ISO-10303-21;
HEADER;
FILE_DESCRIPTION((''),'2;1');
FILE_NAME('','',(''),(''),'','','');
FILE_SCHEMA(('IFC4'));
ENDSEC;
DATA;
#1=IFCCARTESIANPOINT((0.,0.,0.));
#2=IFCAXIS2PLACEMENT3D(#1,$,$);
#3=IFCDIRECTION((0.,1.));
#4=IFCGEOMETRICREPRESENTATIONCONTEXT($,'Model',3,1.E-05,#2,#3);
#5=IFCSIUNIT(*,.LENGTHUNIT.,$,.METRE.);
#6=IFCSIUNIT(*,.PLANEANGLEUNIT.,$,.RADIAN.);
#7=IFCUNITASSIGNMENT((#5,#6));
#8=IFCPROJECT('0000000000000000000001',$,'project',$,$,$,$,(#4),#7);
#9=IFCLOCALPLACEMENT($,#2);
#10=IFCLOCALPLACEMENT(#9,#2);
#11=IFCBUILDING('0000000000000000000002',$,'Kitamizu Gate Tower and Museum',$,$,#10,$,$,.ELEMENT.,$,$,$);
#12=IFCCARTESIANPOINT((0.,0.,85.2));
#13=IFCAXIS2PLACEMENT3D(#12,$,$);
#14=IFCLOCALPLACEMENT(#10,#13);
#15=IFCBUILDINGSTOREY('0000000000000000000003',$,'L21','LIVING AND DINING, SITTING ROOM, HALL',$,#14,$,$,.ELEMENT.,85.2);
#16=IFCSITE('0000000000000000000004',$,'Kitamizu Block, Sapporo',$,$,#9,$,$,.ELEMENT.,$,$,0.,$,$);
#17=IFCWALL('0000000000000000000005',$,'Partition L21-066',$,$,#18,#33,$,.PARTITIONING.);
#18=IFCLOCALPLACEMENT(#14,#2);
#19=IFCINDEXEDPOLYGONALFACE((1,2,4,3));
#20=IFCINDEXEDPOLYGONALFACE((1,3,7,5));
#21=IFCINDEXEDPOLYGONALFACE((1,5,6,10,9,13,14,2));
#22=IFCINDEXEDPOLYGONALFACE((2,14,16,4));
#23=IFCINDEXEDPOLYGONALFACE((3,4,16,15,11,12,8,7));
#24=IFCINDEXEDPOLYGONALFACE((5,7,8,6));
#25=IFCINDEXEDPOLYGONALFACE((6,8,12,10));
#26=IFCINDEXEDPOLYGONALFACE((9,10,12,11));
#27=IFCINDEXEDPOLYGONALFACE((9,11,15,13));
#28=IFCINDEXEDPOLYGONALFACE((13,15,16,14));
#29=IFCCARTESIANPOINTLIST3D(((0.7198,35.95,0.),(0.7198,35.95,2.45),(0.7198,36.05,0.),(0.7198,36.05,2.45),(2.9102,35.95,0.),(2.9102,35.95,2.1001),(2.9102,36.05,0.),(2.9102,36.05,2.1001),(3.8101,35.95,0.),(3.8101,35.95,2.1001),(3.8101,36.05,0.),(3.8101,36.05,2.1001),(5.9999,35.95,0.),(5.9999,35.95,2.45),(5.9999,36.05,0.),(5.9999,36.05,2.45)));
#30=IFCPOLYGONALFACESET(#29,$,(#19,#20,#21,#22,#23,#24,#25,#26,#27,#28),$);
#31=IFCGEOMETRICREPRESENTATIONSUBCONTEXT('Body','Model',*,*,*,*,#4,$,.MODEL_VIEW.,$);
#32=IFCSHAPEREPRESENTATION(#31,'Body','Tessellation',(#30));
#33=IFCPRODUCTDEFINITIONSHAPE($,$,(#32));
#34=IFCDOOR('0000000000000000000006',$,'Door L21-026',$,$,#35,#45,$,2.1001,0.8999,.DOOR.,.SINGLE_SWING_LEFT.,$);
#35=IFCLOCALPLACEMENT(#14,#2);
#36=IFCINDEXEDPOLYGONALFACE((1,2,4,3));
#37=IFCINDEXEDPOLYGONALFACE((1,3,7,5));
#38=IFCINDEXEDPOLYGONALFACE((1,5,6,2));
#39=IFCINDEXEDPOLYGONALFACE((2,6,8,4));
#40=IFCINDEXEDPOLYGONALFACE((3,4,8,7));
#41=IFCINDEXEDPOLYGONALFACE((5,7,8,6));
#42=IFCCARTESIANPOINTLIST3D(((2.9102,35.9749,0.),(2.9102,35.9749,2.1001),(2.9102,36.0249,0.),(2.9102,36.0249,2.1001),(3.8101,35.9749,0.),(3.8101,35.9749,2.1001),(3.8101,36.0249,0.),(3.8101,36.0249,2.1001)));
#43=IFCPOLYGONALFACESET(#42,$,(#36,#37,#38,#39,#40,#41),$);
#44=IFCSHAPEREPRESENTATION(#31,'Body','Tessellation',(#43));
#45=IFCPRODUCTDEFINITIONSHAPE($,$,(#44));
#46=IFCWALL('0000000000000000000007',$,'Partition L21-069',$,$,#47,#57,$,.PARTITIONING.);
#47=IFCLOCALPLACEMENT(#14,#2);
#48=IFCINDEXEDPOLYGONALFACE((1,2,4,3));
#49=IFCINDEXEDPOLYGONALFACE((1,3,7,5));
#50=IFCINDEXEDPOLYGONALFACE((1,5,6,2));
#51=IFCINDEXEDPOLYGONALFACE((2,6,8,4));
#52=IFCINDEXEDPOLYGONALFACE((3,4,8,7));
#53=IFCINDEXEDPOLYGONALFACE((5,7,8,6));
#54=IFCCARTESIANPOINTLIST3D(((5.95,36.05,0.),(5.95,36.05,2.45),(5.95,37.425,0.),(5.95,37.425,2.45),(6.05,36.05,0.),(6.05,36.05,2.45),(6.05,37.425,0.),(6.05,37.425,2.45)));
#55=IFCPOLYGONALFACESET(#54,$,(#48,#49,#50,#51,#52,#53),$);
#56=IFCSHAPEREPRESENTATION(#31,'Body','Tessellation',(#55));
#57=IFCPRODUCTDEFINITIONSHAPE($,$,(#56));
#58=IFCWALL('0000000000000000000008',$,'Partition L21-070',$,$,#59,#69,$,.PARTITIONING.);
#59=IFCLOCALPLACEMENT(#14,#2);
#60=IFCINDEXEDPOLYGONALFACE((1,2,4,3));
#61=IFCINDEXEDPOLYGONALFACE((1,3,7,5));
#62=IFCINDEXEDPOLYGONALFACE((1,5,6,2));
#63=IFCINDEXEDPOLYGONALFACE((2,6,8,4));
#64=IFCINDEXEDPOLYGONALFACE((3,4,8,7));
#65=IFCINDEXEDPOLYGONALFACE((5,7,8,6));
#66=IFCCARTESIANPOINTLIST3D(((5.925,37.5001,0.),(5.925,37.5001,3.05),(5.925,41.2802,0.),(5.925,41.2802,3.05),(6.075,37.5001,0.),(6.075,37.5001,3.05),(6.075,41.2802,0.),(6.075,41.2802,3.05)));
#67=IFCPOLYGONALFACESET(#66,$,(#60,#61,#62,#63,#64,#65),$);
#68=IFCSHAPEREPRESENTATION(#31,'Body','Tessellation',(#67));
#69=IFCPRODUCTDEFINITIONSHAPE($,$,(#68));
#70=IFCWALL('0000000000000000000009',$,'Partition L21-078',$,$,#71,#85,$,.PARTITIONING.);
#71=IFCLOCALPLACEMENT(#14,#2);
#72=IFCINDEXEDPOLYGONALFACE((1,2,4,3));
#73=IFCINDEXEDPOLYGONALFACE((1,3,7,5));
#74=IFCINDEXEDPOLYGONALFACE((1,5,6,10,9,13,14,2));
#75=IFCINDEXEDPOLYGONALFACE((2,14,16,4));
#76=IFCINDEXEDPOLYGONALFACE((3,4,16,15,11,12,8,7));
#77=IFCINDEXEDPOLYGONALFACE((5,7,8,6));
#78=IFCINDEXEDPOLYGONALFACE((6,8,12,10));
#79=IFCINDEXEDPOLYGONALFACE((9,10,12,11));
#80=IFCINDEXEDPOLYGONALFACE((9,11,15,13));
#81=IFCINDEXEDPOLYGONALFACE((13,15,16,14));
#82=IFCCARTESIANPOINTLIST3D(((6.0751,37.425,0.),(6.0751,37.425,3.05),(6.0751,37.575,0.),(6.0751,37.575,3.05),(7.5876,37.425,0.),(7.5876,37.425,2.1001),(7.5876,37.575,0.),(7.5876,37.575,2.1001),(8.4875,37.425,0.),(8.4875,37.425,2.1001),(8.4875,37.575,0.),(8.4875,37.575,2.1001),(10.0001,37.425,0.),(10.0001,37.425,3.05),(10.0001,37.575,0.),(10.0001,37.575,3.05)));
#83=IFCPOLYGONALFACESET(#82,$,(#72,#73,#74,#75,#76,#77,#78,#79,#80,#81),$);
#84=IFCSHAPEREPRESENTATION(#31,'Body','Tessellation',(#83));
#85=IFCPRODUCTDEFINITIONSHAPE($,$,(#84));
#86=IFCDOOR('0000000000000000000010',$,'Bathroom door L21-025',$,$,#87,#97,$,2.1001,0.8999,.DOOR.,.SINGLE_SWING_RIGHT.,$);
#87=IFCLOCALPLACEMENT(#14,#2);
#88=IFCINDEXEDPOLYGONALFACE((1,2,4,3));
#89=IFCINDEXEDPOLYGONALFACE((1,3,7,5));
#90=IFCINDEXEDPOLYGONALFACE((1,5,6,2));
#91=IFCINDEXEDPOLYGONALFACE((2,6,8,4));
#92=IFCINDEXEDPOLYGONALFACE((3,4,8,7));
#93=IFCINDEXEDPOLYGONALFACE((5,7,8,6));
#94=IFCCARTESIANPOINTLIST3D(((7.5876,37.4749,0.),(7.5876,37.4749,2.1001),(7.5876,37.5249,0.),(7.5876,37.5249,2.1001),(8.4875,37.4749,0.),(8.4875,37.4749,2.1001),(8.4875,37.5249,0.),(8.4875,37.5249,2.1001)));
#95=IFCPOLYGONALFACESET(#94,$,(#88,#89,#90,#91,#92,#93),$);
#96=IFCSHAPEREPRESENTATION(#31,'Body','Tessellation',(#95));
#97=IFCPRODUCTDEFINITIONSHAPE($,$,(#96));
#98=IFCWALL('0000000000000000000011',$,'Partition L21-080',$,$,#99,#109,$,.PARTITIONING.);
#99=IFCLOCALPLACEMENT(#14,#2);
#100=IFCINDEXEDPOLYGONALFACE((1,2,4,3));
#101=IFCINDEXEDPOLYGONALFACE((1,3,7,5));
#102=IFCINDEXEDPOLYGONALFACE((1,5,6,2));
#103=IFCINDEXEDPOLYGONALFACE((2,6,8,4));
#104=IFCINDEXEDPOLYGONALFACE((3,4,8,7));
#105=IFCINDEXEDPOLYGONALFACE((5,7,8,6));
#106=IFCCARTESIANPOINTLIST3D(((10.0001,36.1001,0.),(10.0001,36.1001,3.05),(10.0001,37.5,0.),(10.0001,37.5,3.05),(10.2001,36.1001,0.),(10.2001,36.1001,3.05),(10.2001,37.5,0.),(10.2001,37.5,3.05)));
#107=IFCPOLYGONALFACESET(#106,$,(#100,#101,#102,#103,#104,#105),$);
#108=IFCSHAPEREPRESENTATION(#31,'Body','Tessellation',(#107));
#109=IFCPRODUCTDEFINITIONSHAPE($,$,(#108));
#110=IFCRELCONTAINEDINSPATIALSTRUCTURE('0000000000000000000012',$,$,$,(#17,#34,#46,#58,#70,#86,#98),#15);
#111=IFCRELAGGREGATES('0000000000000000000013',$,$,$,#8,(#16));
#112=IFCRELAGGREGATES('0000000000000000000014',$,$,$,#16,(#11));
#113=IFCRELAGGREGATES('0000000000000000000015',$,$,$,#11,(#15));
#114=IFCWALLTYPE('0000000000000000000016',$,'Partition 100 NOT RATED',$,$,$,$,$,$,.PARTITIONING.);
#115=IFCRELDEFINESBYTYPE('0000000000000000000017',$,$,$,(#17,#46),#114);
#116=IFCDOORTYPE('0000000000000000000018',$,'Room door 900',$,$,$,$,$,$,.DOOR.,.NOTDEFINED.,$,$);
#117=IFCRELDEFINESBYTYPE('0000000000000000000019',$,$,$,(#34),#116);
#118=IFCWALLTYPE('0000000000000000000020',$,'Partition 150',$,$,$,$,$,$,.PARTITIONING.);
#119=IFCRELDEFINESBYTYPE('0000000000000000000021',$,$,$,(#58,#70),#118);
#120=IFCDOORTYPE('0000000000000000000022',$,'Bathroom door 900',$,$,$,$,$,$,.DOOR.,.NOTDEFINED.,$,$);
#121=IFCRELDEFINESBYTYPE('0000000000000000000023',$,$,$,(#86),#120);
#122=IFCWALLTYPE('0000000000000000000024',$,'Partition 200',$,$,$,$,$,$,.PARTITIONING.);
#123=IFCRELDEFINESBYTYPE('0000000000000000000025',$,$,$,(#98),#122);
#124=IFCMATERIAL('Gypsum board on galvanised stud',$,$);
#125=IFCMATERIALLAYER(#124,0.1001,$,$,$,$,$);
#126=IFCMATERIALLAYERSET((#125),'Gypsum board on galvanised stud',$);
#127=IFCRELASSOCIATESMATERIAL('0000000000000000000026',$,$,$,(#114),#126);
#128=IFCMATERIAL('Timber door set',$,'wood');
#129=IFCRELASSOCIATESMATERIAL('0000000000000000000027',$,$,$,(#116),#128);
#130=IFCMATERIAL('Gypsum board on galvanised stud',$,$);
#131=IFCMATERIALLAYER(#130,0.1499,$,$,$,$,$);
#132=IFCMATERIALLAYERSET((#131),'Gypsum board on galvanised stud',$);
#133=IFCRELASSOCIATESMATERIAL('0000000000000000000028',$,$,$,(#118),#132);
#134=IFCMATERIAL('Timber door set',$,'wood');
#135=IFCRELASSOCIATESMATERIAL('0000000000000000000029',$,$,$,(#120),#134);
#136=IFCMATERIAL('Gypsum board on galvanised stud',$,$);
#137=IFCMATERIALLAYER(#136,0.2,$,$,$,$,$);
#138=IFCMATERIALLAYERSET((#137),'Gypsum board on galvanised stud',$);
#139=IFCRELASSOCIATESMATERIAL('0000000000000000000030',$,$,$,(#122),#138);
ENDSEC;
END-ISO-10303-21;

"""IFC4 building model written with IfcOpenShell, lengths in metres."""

from ifc_helpers import new_model, si_unit, direction, frame, frame_2d, origin, place, context, subcontext, project, spatial, rectangle, extrude, material, layer, layer_set, type_object, element, fill, save


model = new_model("IFC4")

# Units and contexts
model_context = context("Model", 3, precision=1e-05, world=origin(), true_north=direction((0.0, 1.0)))
body_context = subcontext(model_context, "Body", "Model", "MODEL_VIEW")
ifc_project = project(units=[si_unit("LENGTHUNIT", "METRE"), si_unit("PLANEANGLEUNIT", "RADIAN")], contexts=[model_context])

# Site, building, storey
site_placement = place(None, origin())
site = spatial("IfcSite", under=ifc_project, at=site_placement, Name="Kitamizu Block, Sapporo", CompositionType="ELEMENT", RefElevation=0.0)
building_placement = place(site_placement, origin())
building = spatial("IfcBuilding", under=site, at=building_placement, Name="Kitamizu Gate Tower and Museum", CompositionType="ELEMENT")
storey_placement = place(building_placement, frame((0.0, 0.0, 85.2)))
storey = spatial("IfcBuildingStorey", under=building, at=storey_placement, Name="L21", Description="LIVING AND DINING, SITTING ROOM, HALL", CompositionType="ELEMENT", Elevation=85.2)

# Wall, opening, door
ifc_material_1 = material(Name="Gypsum board on galvanised stud")
ifc_layer_1 = layer(ifc_material_1, 0.1001)
ifc_layer_set_1 = layer_set([ifc_layer_1], Name="Gypsum board on galvanised stud")
wall_type_1 = type_object("IfcWallType", Name="Partition 100 NOT RATED", PredefinedType="PARTITIONING", material=ifc_layer_set_1)
wall_1_placement = place(storey_placement, frame((6.0, 36.0, 0.0), z_axis=(0.0, 0.0, 1.0), x_axis=(-1.0, 0.0, 0.0)))
wall_1 = element("IfcWall", 1, at=wall_1_placement, inside=storey, type_object=wall_type_1, Name="Partition L21-066", PredefinedType="PARTITIONING", context=body_context, shape_type="SweptSolid", body=[
    extrude(rectangle(XDim=5.28, YDim=0.1001, at=frame_2d((2.6401, 0.0))), origin(), (0.0, 0.0, 1.0), 2.45),
])
opening_1_placement = place(wall_1_placement, frame((2.1899, 0.0, 0.0)))
opening_1 = element("IfcOpeningElement", 2, at=opening_1_placement, cuts=wall_1, PredefinedType="OPENING", context=body_context, shape_type="SweptSolid", body=[
    extrude(rectangle(XDim=0.8999, YDim=2.1001, at=frame_2d((0.45, 1.05))), frame((0.0, 0.0601, 0.0), z_axis=(0.0, -1.0, 0.0), x_axis=(1.0, 0.0, 0.0)), (0.0, 0.0, 1.0), 0.1201),
])
ifc_material_2 = material(Name="Timber door set", Category="wood")
door_type_1 = type_object("IfcDoorType", Name="Room door 900", OperationType="NOTDEFINED", PredefinedType="DOOR", material=ifc_material_2)
door_1_placement = place(opening_1_placement, frame((0.8999, 0.0, 0.0), x_axis=(-1.0, 0.0, 0.0)))
door_1 = element("IfcDoor", 3, at=door_1_placement, inside=storey, type_object=door_type_1, Name="Door L21-026", OperationType="SINGLE_SWING_LEFT", OverallHeight=2.1001, OverallWidth=0.8999, PredefinedType="DOOR", context=body_context, shape_type="SweptSolid", body=[
    extrude(rectangle(XDim=0.8999, YDim=2.1001, at=frame_2d((0.45, 1.05))), frame((0.0, 0.0249, 0.0), z_axis=(0.0, -1.0, 0.0), x_axis=(1.0, 0.0, 0.0)), (0.0, 0.0, 1.0), 0.05),
])
fill(opening_1, door_1)

# Walls
wall_2_placement = place(storey_placement, frame((6.0, 36.05, 0.0), z_axis=(0.0, 0.0, 1.0), x_axis=(0.0, 1.0, 0.0)))
element("IfcWall", 4, at=wall_2_placement, inside=storey, type_object=wall_type_1, Name="Partition L21-069", PredefinedType="PARTITIONING", context=body_context, shape_type="SweptSolid", body=[
    extrude(rectangle(XDim=1.375, YDim=0.1001, at=frame_2d((0.6875, 0.0))), origin(), (0.0, 0.0, 1.0), 2.45),
])
ifc_material_3 = material(Name="Gypsum board on galvanised stud")
ifc_layer_2 = layer(ifc_material_3, 0.1499)
ifc_layer_set_2 = layer_set([ifc_layer_2], Name="Gypsum board on galvanised stud")
wall_type_2 = type_object("IfcWallType", Name="Partition 150", PredefinedType="PARTITIONING", material=ifc_layer_set_2)
wall_3_placement = place(storey_placement, frame((6.0, 37.5, 0.0), z_axis=(0.0, 0.0, 1.0), x_axis=(0.0, 1.0, 0.0)))
element("IfcWall", 5, at=wall_3_placement, inside=storey, type_object=wall_type_2, Name="Partition L21-070", PredefinedType="PARTITIONING", context=body_context, shape_type="SweptSolid", body=[
    extrude(rectangle(XDim=3.78, YDim=0.1499, at=frame_2d((1.8901, 0.0))), origin(), (0.0, 0.0, 1.0), 3.05),
])

# Wall, opening, door
wall_4_placement = place(storey_placement, frame((10.0, 37.5, 0.0), z_axis=(0.0, 0.0, 1.0), x_axis=(-1.0, 0.0, 0.0)))
wall_4 = element("IfcWall", 6, at=wall_4_placement, inside=storey, type_object=wall_type_2, Name="Partition L21-078", PredefinedType="PARTITIONING", context=body_context, shape_type="SweptSolid", body=[
    extrude(rectangle(XDim=3.925, YDim=0.1499, at=frame_2d((1.9624, 0.0))), origin(), (0.0, 0.0, 1.0), 3.05),
])
opening_2_placement = place(wall_4_placement, frame((1.5125, 0.0, 0.0)))
opening_2 = element("IfcOpeningElement", 7, at=opening_2_placement, cuts=wall_4, PredefinedType="OPENING", context=body_context, shape_type="SweptSolid", body=[
    extrude(rectangle(XDim=0.8999, YDim=2.1001, at=frame_2d((0.45, 1.05))), frame((0.0, 0.085, 0.0), z_axis=(0.0, -1.0, 0.0), x_axis=(1.0, 0.0, 0.0)), (0.0, 0.0, 1.0), 0.1699),
])
ifc_material_4 = material(Name="Timber door set", Category="wood")
door_type_2 = type_object("IfcDoorType", Name="Bathroom door 900", OperationType="NOTDEFINED", PredefinedType="DOOR", material=ifc_material_4)
door_2_placement = place(opening_2_placement, frame((0.8999, 0.0, 0.0), x_axis=(-1.0, 0.0, 0.0)))
door_2 = element("IfcDoor", 8, at=door_2_placement, inside=storey, type_object=door_type_2, Name="Bathroom door L21-025", OperationType="SINGLE_SWING_RIGHT", OverallHeight=2.1001, OverallWidth=0.8999, PredefinedType="DOOR", context=body_context, shape_type="SweptSolid", body=[
    extrude(rectangle(XDim=0.8999, YDim=2.1001, at=frame_2d((0.45, 1.05))), frame((0.0, 0.0249, 0.0), z_axis=(0.0, -1.0, 0.0), x_axis=(1.0, 0.0, 0.0)), (0.0, 0.0, 1.0), 0.05),
])
fill(opening_2, door_2)

# Wall
ifc_material_5 = material(Name="Gypsum board on galvanised stud")
ifc_layer_3 = layer(ifc_material_5, 0.2)
ifc_layer_set_3 = layer_set([ifc_layer_3], Name="Gypsum board on galvanised stud")
wall_type_3 = type_object("IfcWallType", Name="Partition 200", PredefinedType="PARTITIONING", material=ifc_layer_set_3)
wall_5_placement = place(storey_placement, frame((10.1001, 36.1001, 0.0), z_axis=(0.0, 0.0, 1.0), x_axis=(0.0, 1.0, 0.0)))
element("IfcWall", 9, at=wall_5_placement, inside=storey, type_object=wall_type_3, Name="Partition L21-080", PredefinedType="PARTITIONING", context=body_context, shape_type="SweptSolid", body=[
    extrude(rectangle(XDim=1.3999, YDim=0.2, at=frame_2d((0.7, 0.0))), origin(), (0.0, 0.0, 1.0), 3.05),
])

save(model, "model.ifc")
